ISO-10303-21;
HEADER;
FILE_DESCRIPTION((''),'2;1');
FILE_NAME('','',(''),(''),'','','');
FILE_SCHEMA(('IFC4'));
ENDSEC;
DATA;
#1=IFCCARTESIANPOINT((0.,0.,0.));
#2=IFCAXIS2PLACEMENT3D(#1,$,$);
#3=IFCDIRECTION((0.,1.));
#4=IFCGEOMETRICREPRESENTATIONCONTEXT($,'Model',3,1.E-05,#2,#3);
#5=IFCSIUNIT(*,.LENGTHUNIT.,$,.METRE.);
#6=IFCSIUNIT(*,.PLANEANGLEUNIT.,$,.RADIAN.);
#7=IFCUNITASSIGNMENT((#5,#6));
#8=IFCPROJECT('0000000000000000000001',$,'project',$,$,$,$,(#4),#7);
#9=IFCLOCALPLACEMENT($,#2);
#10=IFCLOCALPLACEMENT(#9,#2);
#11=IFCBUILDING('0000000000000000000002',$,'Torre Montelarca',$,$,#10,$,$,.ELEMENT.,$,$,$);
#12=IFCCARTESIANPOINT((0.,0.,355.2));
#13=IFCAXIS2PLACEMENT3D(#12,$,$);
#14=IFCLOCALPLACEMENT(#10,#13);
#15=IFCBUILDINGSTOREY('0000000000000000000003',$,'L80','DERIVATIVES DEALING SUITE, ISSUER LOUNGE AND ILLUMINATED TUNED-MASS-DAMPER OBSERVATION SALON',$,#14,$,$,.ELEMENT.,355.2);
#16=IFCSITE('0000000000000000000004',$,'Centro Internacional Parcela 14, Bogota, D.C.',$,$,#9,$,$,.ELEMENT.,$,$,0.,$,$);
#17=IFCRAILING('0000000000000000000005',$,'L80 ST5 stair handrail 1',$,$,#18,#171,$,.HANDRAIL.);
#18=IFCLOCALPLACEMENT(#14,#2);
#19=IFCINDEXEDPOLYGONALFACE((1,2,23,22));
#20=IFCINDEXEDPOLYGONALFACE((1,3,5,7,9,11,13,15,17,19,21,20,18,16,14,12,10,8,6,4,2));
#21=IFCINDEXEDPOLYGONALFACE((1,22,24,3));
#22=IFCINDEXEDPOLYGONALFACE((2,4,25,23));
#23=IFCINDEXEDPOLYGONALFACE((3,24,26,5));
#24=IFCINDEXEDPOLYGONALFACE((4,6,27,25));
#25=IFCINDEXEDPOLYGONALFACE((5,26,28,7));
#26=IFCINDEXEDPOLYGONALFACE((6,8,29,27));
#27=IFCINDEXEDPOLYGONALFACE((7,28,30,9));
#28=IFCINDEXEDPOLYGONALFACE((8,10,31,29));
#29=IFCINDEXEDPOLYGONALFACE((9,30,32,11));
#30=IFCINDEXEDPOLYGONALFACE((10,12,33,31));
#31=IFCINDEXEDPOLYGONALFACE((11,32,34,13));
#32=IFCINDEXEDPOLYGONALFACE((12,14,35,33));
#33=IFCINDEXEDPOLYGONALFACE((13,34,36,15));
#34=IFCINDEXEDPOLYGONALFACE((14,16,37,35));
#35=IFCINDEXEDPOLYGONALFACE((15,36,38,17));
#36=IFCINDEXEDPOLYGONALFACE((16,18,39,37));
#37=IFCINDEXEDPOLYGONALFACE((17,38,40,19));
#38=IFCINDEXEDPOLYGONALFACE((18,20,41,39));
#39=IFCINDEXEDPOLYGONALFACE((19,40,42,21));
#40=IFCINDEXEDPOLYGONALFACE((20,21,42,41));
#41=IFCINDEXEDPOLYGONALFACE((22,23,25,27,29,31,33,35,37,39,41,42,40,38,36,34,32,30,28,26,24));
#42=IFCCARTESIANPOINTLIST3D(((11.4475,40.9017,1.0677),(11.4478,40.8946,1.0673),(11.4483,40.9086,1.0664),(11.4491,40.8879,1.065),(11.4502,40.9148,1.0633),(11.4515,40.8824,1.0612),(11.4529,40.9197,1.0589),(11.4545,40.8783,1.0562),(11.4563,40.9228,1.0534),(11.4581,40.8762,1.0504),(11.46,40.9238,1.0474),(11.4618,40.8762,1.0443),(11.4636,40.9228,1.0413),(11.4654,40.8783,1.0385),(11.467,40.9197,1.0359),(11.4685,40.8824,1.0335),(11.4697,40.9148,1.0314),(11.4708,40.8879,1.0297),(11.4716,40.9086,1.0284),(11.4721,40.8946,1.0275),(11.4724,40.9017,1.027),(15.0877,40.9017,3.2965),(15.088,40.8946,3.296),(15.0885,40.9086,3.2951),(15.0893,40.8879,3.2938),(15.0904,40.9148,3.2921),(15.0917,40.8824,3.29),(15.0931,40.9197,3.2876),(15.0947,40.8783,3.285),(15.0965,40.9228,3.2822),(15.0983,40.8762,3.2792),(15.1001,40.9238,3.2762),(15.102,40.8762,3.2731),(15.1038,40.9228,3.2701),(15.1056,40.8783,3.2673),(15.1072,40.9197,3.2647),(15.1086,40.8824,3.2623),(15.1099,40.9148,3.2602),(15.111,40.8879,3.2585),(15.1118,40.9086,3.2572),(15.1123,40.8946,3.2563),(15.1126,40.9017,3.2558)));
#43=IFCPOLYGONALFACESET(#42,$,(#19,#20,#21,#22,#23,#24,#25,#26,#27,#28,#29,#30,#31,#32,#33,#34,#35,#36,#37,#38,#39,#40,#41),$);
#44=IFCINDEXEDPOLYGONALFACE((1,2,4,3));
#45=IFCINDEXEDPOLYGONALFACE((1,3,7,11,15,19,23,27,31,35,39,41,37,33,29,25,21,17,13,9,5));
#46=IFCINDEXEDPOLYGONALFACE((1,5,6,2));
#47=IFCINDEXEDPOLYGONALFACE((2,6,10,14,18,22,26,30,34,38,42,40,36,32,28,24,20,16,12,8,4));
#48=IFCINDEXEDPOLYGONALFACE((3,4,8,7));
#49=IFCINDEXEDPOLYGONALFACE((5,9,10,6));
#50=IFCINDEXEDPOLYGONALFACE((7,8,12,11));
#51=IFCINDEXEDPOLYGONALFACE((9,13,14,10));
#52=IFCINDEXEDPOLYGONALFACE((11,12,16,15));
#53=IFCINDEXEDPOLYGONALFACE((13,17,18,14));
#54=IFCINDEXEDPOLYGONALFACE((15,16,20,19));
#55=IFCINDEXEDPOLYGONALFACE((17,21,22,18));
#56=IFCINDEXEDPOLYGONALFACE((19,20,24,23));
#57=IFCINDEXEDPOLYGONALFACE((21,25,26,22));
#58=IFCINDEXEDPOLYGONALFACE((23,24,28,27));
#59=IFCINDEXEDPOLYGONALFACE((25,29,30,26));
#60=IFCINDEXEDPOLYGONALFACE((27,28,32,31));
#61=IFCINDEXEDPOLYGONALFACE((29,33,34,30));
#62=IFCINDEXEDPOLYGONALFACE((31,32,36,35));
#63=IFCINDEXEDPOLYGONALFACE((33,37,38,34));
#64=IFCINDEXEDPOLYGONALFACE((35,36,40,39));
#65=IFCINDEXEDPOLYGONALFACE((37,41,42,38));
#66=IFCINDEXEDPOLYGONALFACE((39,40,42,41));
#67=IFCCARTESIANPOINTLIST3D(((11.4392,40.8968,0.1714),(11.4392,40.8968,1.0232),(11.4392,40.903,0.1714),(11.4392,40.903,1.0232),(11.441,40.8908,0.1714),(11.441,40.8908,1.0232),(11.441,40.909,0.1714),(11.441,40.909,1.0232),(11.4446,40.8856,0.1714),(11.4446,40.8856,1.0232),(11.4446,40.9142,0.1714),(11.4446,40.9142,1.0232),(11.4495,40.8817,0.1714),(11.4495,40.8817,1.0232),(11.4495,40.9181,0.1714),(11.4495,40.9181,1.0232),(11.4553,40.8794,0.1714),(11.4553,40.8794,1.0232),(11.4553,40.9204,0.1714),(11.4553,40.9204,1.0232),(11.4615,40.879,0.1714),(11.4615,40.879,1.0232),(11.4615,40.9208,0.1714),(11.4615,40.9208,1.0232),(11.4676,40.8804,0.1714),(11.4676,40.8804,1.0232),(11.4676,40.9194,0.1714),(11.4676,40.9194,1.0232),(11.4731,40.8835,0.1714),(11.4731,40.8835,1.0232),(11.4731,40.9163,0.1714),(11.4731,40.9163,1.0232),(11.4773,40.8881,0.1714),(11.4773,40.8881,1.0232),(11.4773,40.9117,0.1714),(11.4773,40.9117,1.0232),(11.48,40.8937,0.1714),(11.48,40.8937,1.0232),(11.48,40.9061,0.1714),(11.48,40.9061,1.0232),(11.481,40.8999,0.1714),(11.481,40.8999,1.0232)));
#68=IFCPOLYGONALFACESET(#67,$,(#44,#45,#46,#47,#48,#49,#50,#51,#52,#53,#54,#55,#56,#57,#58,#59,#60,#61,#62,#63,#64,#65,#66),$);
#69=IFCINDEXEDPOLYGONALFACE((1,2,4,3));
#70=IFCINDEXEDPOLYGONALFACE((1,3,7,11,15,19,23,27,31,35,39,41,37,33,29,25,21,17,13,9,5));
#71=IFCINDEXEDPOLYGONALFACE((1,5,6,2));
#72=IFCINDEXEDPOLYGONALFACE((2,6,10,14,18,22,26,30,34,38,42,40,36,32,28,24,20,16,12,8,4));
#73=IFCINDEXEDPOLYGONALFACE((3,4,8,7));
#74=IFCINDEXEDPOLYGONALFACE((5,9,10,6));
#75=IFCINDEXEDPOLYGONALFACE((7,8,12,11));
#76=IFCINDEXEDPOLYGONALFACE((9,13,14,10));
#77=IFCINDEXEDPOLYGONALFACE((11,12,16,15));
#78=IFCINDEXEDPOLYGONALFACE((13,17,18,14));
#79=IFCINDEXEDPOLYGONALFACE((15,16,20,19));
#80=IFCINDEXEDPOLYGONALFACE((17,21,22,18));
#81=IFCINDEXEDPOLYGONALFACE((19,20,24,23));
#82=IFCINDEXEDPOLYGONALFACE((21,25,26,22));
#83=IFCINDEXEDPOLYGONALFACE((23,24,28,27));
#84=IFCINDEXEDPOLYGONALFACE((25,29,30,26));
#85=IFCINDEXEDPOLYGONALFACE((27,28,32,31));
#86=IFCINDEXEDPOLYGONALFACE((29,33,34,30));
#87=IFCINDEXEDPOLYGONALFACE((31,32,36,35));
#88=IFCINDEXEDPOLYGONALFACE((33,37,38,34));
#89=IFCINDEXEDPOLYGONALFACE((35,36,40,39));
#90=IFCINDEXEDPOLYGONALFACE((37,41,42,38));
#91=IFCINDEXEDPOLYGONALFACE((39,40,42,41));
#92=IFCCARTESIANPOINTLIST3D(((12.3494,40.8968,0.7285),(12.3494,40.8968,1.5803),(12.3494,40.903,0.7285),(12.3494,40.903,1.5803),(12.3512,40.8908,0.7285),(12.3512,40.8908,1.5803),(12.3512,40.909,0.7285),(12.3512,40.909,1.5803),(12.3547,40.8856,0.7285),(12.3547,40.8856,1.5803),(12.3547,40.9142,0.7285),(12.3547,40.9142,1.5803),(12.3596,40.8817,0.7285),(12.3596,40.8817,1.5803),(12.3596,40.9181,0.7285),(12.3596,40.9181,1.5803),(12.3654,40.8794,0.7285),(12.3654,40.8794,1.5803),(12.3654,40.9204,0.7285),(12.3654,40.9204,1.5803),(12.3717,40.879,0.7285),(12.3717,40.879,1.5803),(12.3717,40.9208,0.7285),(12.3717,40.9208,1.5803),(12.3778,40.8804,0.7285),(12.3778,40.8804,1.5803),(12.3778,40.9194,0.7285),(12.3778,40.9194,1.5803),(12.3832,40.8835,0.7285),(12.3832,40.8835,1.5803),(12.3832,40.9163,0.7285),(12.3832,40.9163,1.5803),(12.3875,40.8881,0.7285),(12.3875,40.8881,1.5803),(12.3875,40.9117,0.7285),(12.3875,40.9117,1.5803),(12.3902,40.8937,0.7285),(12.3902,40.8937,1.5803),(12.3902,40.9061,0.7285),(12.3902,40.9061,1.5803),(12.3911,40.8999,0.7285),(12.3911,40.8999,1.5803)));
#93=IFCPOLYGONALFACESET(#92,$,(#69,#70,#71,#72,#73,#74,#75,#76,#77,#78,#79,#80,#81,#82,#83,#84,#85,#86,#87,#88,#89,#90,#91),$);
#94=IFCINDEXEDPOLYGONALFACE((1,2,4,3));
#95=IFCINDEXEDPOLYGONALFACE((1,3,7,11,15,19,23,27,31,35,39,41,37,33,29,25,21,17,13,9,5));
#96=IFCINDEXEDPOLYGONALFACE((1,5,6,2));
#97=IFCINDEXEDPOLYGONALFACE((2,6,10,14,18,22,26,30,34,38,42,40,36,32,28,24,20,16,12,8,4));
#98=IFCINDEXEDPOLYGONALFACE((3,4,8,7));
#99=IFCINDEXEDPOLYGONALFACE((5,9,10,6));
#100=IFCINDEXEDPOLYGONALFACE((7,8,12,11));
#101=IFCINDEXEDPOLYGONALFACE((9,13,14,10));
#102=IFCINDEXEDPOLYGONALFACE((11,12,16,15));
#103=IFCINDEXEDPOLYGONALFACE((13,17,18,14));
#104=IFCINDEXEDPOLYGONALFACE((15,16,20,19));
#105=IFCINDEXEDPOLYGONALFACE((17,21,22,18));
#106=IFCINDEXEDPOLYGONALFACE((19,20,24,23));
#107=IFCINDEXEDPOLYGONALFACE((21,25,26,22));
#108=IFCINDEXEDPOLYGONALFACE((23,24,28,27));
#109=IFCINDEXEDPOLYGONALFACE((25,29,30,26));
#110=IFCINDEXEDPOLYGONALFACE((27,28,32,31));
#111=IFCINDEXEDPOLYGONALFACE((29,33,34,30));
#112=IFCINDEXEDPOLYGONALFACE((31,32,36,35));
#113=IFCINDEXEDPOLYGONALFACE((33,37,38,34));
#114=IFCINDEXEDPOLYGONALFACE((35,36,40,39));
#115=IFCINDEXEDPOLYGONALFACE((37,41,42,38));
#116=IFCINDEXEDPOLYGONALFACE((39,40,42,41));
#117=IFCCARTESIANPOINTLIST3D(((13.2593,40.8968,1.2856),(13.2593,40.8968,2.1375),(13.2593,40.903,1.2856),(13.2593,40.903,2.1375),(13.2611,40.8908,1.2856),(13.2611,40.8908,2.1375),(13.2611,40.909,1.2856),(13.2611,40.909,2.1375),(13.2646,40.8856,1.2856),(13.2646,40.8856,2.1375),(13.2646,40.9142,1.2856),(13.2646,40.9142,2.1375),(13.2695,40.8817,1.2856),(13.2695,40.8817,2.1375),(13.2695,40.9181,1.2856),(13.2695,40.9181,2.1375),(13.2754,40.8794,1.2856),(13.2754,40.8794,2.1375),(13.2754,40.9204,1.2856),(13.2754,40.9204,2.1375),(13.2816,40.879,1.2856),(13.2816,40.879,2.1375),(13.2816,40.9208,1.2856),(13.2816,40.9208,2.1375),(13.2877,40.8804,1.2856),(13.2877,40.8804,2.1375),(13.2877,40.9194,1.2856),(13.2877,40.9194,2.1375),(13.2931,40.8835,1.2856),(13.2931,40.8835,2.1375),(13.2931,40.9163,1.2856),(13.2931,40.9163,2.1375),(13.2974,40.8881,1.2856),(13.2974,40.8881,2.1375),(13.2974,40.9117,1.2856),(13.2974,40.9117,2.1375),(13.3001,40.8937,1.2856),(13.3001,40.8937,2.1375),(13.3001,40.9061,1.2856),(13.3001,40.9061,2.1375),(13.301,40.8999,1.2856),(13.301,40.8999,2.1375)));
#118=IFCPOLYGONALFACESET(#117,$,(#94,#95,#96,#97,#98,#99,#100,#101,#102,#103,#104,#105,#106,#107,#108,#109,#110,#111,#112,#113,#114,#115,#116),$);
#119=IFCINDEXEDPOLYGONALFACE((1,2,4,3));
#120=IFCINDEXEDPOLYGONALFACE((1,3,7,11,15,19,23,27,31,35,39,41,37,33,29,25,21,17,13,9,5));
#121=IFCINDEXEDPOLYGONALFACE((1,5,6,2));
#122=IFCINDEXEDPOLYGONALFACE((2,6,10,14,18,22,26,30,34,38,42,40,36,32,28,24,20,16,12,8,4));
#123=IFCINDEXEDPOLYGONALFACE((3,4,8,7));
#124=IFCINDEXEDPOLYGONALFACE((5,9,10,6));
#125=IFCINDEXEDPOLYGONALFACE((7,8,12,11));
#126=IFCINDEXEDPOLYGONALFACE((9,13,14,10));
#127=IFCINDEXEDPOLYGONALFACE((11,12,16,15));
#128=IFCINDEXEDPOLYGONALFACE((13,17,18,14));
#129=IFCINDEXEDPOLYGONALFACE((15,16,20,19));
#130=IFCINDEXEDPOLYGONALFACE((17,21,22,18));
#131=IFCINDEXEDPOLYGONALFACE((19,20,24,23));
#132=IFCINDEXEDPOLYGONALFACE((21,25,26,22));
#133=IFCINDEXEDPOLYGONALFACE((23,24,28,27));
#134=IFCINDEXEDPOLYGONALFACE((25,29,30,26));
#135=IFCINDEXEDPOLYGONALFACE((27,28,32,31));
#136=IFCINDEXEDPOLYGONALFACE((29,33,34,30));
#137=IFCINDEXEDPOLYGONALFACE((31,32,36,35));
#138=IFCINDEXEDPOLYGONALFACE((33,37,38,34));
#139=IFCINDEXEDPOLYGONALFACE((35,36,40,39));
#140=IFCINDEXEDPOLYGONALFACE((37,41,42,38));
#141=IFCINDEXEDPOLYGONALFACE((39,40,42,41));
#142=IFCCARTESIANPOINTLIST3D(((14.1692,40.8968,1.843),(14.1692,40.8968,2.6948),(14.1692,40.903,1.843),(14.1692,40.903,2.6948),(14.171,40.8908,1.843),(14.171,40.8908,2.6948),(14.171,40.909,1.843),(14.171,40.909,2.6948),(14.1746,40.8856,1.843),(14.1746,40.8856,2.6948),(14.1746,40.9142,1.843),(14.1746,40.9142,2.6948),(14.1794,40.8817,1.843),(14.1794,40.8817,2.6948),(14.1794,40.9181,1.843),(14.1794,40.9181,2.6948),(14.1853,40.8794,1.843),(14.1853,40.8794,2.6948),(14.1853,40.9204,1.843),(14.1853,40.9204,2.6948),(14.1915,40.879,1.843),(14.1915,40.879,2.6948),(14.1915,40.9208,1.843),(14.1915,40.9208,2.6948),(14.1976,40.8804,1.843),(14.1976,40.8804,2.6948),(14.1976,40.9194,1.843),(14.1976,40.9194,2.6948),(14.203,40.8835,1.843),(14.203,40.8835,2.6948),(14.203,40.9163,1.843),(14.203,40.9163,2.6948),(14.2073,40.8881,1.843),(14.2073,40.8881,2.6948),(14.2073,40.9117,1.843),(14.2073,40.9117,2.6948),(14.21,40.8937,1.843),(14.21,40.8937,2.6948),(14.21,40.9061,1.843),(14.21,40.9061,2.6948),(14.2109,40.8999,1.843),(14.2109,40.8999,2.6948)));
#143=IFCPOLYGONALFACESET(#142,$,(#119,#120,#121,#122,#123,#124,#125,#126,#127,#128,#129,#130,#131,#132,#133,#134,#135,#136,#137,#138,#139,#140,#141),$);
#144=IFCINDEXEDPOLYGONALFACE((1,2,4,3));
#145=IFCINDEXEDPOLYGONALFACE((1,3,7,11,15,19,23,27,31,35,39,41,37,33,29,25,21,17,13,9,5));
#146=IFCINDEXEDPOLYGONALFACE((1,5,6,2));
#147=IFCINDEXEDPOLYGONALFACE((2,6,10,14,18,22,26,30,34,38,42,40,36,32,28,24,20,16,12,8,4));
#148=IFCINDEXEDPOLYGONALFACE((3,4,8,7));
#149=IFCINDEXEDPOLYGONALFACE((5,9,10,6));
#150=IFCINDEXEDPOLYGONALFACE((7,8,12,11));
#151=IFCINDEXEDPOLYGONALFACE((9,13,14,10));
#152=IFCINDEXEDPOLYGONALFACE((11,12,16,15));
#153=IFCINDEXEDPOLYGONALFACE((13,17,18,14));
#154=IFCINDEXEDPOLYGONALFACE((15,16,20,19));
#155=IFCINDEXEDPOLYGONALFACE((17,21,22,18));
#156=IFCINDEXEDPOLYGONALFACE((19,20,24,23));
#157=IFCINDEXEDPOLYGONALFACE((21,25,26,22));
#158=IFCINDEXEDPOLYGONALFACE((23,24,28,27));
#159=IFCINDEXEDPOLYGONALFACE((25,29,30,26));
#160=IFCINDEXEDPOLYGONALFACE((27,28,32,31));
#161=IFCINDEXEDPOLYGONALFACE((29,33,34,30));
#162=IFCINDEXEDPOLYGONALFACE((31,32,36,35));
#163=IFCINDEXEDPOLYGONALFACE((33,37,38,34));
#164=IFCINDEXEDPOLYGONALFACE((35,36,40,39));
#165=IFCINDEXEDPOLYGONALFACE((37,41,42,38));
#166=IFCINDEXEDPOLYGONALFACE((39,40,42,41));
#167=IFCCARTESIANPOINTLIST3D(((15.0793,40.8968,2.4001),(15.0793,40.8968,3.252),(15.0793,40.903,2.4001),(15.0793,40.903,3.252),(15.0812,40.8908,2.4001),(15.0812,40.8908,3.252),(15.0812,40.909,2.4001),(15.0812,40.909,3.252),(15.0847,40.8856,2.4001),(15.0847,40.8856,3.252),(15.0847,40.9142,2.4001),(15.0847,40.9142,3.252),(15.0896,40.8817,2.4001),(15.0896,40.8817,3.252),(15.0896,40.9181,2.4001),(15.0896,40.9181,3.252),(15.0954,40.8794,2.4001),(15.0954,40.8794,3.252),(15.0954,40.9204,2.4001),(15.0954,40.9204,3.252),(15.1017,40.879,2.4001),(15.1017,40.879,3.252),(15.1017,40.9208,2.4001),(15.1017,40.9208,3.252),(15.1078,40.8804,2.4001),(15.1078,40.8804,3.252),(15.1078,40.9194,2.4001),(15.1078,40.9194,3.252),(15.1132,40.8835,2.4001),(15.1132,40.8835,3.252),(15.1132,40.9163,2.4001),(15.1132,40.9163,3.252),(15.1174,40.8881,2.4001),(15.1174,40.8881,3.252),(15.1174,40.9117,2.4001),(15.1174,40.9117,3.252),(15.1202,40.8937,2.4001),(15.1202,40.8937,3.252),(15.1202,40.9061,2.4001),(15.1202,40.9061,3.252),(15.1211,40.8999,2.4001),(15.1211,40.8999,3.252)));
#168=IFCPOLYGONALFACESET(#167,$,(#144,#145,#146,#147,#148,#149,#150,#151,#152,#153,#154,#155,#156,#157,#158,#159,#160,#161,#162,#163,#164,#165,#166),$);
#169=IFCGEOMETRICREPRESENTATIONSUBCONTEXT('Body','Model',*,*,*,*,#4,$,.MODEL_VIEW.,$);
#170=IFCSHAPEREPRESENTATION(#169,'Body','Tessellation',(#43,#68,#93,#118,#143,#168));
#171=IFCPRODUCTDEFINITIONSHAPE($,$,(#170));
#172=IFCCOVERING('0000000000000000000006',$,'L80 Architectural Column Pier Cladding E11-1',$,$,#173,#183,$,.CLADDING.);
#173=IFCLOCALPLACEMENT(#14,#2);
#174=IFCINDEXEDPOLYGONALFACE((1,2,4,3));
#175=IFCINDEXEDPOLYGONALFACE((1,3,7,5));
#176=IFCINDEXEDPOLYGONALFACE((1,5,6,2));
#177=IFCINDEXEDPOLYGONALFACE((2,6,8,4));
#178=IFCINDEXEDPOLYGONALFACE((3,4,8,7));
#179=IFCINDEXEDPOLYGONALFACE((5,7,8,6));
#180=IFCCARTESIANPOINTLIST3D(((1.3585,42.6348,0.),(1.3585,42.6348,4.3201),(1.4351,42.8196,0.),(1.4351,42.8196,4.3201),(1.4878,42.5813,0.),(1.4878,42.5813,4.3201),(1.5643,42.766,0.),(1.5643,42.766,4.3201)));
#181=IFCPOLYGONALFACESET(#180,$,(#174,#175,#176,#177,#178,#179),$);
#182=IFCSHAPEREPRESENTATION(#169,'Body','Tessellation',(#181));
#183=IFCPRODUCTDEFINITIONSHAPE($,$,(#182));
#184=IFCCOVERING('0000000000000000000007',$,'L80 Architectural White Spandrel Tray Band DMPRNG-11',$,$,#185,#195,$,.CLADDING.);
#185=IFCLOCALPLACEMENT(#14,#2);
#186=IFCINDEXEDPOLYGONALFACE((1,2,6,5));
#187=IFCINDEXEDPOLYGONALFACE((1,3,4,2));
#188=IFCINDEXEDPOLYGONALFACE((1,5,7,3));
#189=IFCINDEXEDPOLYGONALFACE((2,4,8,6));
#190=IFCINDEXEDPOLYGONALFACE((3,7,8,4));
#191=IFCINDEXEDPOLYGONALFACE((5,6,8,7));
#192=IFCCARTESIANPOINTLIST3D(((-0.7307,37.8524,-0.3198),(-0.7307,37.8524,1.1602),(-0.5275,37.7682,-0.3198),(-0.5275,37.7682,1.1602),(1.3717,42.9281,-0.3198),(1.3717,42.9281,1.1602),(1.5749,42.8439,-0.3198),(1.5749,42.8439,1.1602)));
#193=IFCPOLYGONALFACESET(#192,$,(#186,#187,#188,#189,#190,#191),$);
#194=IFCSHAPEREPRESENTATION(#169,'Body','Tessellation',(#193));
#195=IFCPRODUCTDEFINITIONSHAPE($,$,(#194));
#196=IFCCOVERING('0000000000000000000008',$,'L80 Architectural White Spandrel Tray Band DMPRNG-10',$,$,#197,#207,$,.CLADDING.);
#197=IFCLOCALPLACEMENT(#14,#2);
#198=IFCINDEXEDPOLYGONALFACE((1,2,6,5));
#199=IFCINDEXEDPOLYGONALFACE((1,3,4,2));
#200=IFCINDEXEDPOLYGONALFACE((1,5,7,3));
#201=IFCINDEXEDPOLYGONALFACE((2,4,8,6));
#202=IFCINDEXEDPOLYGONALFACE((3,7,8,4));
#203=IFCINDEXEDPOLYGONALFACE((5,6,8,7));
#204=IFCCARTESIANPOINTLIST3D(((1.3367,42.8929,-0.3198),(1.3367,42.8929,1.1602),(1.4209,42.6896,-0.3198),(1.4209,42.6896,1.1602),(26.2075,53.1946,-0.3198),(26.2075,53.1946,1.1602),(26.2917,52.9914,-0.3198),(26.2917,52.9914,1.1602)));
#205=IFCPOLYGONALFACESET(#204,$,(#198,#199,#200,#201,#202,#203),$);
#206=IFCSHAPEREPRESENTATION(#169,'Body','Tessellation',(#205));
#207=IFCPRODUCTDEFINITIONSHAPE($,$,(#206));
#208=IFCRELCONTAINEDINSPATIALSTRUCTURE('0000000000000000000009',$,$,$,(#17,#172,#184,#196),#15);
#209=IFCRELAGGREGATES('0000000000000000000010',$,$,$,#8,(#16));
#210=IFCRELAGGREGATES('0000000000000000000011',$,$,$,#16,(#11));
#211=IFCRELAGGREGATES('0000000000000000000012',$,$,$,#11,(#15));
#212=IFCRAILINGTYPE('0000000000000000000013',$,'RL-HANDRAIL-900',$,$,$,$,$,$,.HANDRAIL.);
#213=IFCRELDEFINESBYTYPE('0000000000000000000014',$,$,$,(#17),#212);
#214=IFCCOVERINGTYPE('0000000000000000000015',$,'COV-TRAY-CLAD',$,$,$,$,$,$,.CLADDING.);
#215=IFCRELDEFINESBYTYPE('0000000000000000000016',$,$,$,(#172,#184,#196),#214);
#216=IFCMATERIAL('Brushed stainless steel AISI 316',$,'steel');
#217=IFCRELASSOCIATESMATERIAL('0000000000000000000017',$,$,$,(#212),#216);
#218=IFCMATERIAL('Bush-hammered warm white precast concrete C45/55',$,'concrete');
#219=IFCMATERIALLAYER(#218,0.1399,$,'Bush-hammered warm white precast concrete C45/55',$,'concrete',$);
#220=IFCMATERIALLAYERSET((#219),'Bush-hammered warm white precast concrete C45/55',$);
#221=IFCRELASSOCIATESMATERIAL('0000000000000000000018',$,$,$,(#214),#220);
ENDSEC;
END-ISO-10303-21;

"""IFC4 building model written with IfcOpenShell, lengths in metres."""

from ifc_helpers import new_model, si_unit, direction, frame, origin, origin_2d, place, context, subcontext, project, spatial, rectangle, circle, extrude, source, transform, mapped, material, layer, layer_set, type_object, element, save


model = new_model("IFC4")

# Units and contexts
model_context = context("Model", 3, precision=1e-05, world=origin(), true_north=direction((0.0, 1.0)))
body_context = subcontext(model_context, "Body", "Model", "MODEL_VIEW")
ifc_project = project(units=[si_unit("LENGTHUNIT", "METRE"), si_unit("PLANEANGLEUNIT", "RADIAN")], contexts=[model_context])

# Site, building, storey
site_placement = place(None, origin())
site = spatial("IfcSite", under=ifc_project, at=site_placement, Name="Centro Internacional Parcela 14, Bogota, D.C.", CompositionType="ELEMENT", RefElevation=0.0)
building_placement = place(site_placement, origin())
building = spatial("IfcBuilding", under=site, at=building_placement, Name="Torre Montelarca", CompositionType="ELEMENT")
storey_placement = place(building_placement, frame((0.0, 0.0, 355.2)))
storey = spatial("IfcBuildingStorey", under=building, at=storey_placement, Name="L80", Description="DERIVATIVES DEALING SUITE, ISSUER LOUNGE AND ILLUMINATED TUNED-MASS-DAMPER OBSERVATION SALON", CompositionType="ELEMENT", Elevation=355.2)

# Railing
ifc_material_1 = material(Name="Brushed stainless steel AISI 316", Category="steel")
railing_type_1 = type_object("IfcRailingType", Name="RL-HANDRAIL-900", PredefinedType="HANDRAIL", material=ifc_material_1)
railing_1_placement = place(storey_placement, frame((11.46, 40.8999, 0.1714)))
element("IfcRailing", 1, at=railing_1_placement, inside=storey, type_object=railing_type_1, Name="L80 ST5 stair handrail 1", PredefinedType="HANDRAIL", context=body_context, shape_type="SweptSolid", body=[
    extrude(circle(Radius=0.0239, at=origin_2d()), frame((0.0, 0.0, 0.876), z_axis=(0.85284, 0.0, 0.522172), x_axis=(0.0, 1.0, 0.0)), (0.0, 0.0, 1.0), 4.2683),
    extrude(circle(Radius=0.021, at=origin_2d()), origin(), (0.0, 0.0, 1.0), 0.8518),
    extrude(circle(Radius=0.021, at=origin_2d()), frame((0.9102, 0.0, 0.5571)), (0.0, 0.0, 1.0), 0.8518),
    extrude(circle(Radius=0.021, at=origin_2d()), frame((1.8201, 0.0, 1.1143)), (0.0, 0.0, 1.0), 0.8518),
    extrude(circle(Radius=0.021, at=origin_2d()), frame((2.73, 0.0, 1.6716)), (0.0, 0.0, 1.0), 0.8518),
    extrude(circle(Radius=0.021, at=origin_2d()), frame((3.6401, 0.0, 2.2288)), (0.0, 0.0, 1.0), 0.8518),
])

# Coverings
ifc_material_2 = material(Name="Bush-hammered warm white precast concrete C45/55", Category="concrete")
ifc_layer_1 = layer(ifc_material_2, 0.1399, Name="Bush-hammered warm white precast concrete C45/55", Category="concrete")
ifc_layer_set_1 = layer_set([ifc_layer_1], Name="Bush-hammered warm white precast concrete C45/55")
covering_type = type_object("IfcCoveringType", Name="COV-TRAY-CLAD", PredefinedType="CLADDING", material=ifc_layer_set_1)
shared_shape_1 = source(origin(), body_context, "Body", "SweptSolid", [
    extrude(rectangle(XDim=0.2, YDim=0.1399, at=origin_2d()), origin(), (0.0, 0.0, 1.0), 4.3201),
])
covering_1_placement = place(storey_placement, frame((1.4614, 42.7004, 0.0), z_axis=(0.0, 0.0, 1.0), x_axis=(-0.38268, -0.923881, 0.0)))
element("IfcCovering", 2, at=covering_1_placement, inside=storey, type_object=covering_type, Name="L80 Architectural Column Pier Cladding E11-1", PredefinedType="CLADDING", context=body_context, shape_type="MappedRepresentation", body=[
    mapped(shared_shape_1, transform((0.0, 0.0, 0.0), scale=1.0)),
])
shared_shape_2 = source(origin(), body_context, "Body", "SweptSolid", [
    extrude(rectangle(XDim=5.4939, YDim=0.22, at=origin_2d()), origin(), (0.0, 0.0, 1.0), 1.48),
])
covering_2_placement = place(storey_placement, frame((0.4221, 40.3481, -0.3198), z_axis=(0.0, 0.0, 1.0), x_axis=(-0.382679, -0.923882, 0.0)))
element("IfcCovering", 3, at=covering_2_placement, inside=storey, type_object=covering_type, Name="L80 Architectural White Spandrel Tray Band DMPRNG-11", PredefinedType="CLADDING", context=body_context, shape_type="MappedRepresentation", body=[
    mapped(shared_shape_2, transform((0.0, 0.0, 0.0), scale=1.0)),
])
shared_shape_3 = source(origin(), body_context, "Body", "SweptSolid", [
    extrude(rectangle(XDim=26.9199, YDim=0.22, at=origin_2d()), origin(), (0.0, 0.0, 1.0), 1.48),
])
covering_3_placement = place(storey_placement, frame((13.8142, 47.9421, -0.3198), z_axis=(0.0, 0.0, 1.0), x_axis=(-0.92388, -0.382682, 0.0)))
element("IfcCovering", 4, at=covering_3_placement, inside=storey, type_object=covering_type, Name="L80 Architectural White Spandrel Tray Band DMPRNG-10", PredefinedType="CLADDING", context=body_context, shape_type="MappedRepresentation", body=[
    mapped(shared_shape_3, transform((0.0, 0.0, 0.0), scale=1.0)),
])

save(model, "model.ifc")
